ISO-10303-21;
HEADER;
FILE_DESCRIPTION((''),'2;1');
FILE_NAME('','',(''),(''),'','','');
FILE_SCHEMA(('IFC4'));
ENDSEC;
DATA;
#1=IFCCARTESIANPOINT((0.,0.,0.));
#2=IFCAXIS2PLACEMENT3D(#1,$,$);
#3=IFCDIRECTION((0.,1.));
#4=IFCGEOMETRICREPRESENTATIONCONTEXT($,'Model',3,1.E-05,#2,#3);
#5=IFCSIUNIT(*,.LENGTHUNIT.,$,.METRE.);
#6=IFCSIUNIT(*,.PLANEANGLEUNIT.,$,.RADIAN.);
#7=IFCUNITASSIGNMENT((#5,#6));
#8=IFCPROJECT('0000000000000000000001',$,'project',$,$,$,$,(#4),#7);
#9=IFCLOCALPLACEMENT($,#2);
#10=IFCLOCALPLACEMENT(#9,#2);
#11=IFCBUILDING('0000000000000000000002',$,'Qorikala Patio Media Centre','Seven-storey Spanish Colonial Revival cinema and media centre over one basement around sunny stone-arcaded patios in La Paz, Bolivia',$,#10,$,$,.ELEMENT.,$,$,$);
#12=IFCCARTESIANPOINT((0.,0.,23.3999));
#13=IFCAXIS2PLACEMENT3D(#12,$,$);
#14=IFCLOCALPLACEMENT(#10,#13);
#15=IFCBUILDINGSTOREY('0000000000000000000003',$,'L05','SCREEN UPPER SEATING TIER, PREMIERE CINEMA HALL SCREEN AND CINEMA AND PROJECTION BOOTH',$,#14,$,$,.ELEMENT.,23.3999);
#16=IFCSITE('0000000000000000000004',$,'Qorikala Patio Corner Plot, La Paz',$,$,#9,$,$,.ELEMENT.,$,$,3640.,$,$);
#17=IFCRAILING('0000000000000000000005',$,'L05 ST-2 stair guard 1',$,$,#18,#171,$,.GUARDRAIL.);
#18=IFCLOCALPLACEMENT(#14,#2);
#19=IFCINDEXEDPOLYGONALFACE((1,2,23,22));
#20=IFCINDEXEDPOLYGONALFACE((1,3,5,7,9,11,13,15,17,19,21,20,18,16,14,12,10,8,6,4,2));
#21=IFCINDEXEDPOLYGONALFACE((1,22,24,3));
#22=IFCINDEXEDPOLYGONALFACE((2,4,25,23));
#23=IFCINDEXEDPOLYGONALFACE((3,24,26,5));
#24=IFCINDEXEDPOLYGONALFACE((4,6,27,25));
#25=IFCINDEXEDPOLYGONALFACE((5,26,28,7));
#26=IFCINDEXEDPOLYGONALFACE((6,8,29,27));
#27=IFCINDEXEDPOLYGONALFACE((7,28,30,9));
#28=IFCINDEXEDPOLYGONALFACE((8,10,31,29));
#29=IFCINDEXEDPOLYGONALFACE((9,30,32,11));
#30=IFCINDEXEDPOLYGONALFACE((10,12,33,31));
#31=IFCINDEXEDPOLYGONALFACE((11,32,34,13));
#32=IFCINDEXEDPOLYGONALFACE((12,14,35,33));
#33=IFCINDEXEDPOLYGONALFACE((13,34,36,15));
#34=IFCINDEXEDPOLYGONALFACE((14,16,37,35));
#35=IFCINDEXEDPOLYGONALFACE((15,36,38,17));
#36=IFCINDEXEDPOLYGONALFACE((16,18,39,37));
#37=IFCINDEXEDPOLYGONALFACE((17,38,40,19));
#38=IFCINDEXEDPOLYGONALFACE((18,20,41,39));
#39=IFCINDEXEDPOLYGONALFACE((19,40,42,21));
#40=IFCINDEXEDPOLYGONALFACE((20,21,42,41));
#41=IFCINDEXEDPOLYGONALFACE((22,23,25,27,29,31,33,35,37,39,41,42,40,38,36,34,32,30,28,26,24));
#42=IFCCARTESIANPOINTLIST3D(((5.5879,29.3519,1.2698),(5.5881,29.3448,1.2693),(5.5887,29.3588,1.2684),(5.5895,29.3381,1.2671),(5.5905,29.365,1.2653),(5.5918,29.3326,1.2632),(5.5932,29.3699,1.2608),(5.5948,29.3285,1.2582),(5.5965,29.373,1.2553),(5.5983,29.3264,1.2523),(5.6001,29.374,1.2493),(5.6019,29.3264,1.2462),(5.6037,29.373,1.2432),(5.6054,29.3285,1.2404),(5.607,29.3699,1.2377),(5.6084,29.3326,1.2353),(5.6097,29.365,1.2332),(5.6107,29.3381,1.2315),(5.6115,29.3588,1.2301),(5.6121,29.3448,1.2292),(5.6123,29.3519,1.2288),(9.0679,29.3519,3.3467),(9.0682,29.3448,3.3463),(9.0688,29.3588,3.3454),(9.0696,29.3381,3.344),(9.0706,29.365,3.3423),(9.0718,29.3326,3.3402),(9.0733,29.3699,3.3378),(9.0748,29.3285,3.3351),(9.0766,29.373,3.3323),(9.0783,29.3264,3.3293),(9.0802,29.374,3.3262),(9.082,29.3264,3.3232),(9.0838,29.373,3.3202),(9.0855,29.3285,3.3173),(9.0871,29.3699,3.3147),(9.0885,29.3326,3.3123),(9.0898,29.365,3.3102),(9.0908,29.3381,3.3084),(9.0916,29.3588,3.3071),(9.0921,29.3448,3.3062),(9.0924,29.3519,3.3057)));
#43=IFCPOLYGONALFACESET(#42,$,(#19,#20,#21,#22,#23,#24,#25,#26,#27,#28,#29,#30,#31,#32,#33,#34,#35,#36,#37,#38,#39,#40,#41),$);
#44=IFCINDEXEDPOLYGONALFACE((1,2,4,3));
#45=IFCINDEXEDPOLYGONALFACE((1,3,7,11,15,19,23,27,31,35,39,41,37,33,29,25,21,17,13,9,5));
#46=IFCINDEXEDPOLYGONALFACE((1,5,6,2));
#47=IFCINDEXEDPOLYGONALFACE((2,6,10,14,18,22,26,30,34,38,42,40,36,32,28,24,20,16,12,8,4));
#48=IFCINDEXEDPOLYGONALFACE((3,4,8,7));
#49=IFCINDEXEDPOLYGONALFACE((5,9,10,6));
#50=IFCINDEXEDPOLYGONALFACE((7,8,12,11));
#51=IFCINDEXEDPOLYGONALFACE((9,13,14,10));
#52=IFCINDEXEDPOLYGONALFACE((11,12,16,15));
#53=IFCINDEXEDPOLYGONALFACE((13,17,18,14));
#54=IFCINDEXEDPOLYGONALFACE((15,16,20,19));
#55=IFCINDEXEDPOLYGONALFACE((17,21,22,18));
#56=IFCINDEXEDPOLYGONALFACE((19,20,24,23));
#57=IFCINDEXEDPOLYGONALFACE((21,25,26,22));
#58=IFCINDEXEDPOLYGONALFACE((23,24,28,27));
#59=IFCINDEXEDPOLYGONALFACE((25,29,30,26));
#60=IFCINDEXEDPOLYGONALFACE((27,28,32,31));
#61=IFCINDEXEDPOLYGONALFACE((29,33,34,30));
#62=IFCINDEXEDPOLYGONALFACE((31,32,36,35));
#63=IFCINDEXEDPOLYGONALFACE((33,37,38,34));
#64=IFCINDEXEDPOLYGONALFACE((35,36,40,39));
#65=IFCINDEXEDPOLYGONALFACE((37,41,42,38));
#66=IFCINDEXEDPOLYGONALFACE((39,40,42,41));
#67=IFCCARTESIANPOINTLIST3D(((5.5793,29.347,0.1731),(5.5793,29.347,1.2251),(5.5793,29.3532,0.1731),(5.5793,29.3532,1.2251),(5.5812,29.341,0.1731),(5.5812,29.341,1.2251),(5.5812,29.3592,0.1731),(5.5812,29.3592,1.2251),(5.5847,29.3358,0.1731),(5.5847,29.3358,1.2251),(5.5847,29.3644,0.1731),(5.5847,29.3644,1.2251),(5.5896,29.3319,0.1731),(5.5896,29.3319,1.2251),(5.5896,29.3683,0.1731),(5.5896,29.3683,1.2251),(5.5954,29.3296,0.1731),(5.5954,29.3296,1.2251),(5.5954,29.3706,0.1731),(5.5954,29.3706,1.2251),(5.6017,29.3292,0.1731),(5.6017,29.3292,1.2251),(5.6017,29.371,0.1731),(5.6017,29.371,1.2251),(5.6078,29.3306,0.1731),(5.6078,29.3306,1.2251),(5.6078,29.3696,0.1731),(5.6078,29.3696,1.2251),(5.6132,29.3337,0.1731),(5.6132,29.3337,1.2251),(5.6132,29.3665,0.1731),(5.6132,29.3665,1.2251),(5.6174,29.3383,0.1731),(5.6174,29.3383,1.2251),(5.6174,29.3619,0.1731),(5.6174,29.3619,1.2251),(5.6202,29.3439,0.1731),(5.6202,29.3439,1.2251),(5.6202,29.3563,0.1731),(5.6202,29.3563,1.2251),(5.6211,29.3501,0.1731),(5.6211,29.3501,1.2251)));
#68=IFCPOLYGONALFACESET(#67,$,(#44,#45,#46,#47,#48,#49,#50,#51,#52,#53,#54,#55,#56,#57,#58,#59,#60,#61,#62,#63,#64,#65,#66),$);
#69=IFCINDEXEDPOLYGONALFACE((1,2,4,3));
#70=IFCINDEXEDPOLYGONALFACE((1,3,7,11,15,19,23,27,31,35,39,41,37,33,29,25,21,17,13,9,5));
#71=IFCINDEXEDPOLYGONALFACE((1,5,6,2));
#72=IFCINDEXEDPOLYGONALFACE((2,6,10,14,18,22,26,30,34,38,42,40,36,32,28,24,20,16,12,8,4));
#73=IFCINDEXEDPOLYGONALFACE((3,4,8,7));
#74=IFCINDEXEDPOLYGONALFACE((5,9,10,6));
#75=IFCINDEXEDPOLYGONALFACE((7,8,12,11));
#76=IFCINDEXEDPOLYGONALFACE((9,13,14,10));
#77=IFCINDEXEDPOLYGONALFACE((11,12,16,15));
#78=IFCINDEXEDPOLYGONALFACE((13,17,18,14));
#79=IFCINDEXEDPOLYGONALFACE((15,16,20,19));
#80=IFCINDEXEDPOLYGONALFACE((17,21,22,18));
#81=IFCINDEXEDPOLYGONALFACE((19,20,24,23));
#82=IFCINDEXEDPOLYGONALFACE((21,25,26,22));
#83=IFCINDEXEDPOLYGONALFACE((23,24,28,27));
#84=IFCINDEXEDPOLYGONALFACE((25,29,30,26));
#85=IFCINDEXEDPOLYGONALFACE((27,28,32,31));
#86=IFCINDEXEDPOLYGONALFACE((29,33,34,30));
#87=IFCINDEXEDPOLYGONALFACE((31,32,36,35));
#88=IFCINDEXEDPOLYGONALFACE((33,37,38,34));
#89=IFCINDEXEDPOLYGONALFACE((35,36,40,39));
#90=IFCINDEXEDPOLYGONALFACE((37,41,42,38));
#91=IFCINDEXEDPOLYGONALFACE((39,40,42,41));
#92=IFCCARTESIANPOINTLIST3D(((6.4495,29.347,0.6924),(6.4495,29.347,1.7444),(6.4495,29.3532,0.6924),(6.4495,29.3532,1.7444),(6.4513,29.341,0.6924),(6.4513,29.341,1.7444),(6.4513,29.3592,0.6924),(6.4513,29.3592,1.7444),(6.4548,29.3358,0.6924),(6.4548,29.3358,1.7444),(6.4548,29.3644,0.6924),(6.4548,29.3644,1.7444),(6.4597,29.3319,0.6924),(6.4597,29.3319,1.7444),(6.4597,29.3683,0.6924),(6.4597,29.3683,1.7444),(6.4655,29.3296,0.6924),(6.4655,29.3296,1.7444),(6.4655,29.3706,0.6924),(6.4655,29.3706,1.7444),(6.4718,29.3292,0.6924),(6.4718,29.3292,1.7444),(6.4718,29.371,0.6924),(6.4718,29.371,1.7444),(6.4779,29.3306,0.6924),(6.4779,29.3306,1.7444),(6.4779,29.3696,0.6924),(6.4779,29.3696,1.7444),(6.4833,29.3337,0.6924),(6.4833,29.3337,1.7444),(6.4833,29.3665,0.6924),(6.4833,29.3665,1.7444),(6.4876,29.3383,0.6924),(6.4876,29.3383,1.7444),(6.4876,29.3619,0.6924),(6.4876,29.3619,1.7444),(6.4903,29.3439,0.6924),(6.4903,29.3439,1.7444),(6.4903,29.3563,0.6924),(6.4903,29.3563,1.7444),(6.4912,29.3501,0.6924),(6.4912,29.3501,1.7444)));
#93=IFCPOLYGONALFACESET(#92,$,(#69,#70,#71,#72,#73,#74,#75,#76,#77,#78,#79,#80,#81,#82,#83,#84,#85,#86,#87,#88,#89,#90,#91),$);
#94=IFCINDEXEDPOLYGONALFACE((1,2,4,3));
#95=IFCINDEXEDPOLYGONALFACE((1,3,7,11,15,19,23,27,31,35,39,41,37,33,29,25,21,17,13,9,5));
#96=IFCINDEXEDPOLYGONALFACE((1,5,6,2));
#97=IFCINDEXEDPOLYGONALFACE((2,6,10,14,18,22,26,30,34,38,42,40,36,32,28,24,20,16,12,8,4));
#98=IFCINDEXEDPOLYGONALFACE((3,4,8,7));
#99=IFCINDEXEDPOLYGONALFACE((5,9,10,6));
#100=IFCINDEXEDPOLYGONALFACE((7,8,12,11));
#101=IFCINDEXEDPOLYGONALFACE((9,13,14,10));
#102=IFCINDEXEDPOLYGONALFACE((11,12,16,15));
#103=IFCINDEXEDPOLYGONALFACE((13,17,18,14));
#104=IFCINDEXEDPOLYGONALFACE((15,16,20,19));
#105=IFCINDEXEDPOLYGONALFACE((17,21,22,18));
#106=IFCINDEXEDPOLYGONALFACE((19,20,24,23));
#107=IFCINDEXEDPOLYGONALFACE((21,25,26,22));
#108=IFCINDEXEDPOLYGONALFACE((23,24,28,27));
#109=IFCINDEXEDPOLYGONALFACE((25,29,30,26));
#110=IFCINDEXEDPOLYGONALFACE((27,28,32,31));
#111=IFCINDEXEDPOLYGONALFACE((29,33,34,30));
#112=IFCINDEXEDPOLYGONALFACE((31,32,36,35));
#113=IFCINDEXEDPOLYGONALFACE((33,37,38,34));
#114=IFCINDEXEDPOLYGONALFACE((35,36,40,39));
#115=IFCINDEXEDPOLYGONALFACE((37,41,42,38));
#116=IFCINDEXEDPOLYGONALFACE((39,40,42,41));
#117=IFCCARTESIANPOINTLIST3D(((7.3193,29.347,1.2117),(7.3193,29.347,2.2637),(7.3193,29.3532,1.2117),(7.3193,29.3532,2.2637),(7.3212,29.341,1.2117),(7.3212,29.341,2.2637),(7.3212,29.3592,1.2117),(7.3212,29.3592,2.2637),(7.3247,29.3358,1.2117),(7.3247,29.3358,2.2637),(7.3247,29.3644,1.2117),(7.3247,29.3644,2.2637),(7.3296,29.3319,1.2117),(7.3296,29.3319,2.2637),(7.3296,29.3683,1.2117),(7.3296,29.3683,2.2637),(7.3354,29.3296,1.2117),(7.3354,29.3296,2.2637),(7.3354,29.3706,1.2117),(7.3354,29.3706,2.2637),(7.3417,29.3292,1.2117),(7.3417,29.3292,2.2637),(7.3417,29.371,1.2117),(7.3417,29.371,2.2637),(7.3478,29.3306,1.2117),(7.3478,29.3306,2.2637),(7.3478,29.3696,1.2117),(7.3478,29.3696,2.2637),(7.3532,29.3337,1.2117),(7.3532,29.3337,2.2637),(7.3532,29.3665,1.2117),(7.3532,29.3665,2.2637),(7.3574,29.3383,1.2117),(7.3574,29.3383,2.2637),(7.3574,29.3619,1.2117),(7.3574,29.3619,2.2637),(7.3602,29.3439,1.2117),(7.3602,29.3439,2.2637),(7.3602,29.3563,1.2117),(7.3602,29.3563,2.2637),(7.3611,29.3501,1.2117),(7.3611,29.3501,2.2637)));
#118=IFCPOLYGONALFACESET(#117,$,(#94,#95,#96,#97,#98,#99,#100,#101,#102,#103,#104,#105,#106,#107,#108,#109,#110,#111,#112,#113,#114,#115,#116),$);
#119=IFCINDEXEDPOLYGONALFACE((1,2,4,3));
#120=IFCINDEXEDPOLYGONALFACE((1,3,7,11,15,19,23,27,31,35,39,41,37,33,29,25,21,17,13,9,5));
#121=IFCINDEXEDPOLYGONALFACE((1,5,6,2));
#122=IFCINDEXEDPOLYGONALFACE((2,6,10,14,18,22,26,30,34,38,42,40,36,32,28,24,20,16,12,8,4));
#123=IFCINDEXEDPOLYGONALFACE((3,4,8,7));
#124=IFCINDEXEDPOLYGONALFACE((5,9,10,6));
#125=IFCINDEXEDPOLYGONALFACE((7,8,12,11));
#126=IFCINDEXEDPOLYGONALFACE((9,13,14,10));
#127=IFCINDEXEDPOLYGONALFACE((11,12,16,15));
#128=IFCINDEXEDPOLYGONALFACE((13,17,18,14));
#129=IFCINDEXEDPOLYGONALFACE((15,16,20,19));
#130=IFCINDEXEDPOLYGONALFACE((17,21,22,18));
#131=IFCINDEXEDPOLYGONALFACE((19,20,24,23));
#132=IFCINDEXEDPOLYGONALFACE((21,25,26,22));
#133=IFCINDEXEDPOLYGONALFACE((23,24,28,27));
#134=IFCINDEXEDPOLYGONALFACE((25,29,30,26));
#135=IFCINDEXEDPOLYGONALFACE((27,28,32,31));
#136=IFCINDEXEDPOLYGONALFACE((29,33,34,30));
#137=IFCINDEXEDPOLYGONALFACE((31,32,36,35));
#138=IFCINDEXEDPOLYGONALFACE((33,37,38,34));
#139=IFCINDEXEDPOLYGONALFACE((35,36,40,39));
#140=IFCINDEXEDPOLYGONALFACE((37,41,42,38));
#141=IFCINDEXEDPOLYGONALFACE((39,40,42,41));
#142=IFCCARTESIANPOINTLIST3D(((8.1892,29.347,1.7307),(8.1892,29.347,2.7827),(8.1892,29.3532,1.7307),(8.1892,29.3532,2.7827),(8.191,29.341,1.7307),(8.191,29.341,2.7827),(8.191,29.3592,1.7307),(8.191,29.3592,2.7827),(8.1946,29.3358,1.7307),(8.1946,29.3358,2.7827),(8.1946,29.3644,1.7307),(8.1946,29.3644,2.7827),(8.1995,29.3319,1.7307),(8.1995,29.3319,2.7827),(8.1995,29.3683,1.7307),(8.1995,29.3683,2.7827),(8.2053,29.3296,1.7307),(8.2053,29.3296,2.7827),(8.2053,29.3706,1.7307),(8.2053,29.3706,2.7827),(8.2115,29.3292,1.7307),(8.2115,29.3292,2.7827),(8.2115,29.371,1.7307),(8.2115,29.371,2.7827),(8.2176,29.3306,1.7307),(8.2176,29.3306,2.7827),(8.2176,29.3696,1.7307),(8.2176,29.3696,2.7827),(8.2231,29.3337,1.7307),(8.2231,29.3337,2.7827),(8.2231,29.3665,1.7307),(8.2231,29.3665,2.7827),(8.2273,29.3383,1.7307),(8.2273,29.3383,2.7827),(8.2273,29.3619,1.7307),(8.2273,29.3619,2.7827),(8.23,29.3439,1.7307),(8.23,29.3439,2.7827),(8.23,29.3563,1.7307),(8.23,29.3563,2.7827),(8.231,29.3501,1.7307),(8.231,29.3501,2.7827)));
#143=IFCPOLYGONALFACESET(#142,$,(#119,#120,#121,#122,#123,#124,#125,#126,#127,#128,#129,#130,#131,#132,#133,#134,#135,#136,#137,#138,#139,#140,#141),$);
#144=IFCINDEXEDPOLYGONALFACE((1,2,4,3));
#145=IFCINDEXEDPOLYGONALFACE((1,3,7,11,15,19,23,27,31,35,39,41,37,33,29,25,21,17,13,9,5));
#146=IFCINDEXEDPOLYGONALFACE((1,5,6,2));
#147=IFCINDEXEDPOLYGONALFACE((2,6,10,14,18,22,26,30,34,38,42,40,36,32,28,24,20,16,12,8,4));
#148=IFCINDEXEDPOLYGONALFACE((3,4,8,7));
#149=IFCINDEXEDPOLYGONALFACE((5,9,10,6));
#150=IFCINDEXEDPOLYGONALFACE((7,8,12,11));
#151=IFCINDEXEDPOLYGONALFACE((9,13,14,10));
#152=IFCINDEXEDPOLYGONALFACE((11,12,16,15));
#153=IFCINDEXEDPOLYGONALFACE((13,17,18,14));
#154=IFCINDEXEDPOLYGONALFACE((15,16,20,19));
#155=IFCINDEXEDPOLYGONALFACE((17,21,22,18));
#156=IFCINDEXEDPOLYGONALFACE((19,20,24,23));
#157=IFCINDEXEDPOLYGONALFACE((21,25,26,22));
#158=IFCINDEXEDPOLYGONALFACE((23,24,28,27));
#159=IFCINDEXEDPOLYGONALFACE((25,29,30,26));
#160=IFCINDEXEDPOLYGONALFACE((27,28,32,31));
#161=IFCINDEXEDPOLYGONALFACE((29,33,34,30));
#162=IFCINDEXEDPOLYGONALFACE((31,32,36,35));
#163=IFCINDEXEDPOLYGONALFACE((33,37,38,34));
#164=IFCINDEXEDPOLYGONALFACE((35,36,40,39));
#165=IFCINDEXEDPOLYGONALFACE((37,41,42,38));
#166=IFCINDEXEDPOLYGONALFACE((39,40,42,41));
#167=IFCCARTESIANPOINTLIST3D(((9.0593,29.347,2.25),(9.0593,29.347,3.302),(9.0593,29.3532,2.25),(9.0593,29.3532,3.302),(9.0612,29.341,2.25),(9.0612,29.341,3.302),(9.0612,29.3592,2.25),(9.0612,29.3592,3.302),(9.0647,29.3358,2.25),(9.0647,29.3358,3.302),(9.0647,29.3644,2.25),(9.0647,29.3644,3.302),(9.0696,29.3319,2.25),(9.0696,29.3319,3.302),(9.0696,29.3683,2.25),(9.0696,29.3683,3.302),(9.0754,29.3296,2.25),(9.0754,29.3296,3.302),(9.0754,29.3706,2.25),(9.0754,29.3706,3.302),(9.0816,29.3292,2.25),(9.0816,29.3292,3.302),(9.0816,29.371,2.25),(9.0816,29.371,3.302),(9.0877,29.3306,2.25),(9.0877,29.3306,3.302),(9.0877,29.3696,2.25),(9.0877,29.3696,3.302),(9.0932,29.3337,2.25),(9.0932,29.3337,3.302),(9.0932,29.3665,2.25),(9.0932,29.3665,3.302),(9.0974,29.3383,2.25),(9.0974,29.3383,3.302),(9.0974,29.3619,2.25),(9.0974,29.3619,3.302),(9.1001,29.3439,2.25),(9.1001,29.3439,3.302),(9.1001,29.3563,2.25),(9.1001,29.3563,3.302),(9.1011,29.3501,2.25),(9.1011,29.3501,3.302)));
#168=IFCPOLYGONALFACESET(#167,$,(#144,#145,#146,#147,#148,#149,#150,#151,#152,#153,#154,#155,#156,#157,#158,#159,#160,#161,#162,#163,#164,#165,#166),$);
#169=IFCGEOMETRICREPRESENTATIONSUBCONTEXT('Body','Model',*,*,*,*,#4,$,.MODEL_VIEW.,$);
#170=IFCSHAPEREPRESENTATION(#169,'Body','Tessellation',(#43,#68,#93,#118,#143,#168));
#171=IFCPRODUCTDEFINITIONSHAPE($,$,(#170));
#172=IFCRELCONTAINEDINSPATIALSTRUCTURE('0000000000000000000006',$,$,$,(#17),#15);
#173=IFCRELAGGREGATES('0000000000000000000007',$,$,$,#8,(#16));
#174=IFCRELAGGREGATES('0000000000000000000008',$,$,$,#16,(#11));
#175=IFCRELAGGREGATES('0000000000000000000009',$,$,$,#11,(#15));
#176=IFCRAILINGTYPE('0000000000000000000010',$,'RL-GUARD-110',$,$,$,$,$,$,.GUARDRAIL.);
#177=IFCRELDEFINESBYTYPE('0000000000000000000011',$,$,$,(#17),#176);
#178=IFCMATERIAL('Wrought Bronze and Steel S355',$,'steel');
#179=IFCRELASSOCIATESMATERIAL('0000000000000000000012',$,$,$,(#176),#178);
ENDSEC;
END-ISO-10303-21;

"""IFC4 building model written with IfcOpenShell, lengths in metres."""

from ifc_helpers import new_model, si_unit, direction, frame, origin, origin_2d, place, context, subcontext, project, spatial, circle, extrude, material, type_object, element, save


model = new_model("IFC4")

# Units and contexts
model_context = context("Model", 3, precision=1e-05, world=origin(), true_north=direction((0.0, 1.0)))
body_context = subcontext(model_context, "Body", "Model", "MODEL_VIEW")
ifc_project = project(units=[si_unit("LENGTHUNIT", "METRE"), si_unit("PLANEANGLEUNIT", "RADIAN")], contexts=[model_context])

# Site, building, storey
site_placement = place(None, origin())
site = spatial("IfcSite", under=ifc_project, at=site_placement, Name="Qorikala Patio Corner Plot, La Paz", CompositionType="ELEMENT", RefElevation=3640.0)
building_placement = place(site_placement, origin())
building = spatial("IfcBuilding", under=site, at=building_placement, Name="Qorikala Patio Media Centre", Description="Seven-storey Spanish Colonial Revival cinema and media centre over one basement around sunny stone-arcaded patios in La Paz, Bolivia", CompositionType="ELEMENT")
storey_placement = place(building_placement, frame((0.0, 0.0, 23.3999)))
storey = spatial("IfcBuildingStorey", under=building, at=storey_placement, Name="L05", Description="SCREEN UPPER SEATING TIER, PREMIERE CINEMA HALL SCREEN AND CINEMA AND PROJECTION BOOTH", CompositionType="ELEMENT", Elevation=23.3999)

# Railing
ifc_material_1 = material(Name="Wrought Bronze and Steel S355", Category="steel")
railing_type_1 = type_object("IfcRailingType", Name="RL-GUARD-110", PredefinedType="GUARDRAIL", material=ifc_material_1)
railing_1_placement = place(storey_placement, frame((5.6001, 29.3501, 0.1731)))
element("IfcRailing", 1, at=railing_1_placement, inside=storey, type_object=railing_type_1, Name="L05 ST-2 stair guard 1", PredefinedType="GUARDRAIL", context=body_context, shape_type="SweptSolid", body=[
    extrude(circle(Radius=0.0239, at=origin_2d()), frame((0.0, 0.0, 1.0762), z_axis=(0.858697, 0.0, 0.512483), x_axis=(0.0, 1.0, 0.0)), (0.0, 0.0, 1.0), 4.0527),
    extrude(circle(Radius=0.021, at=origin_2d()), origin(), (0.0, 0.0, 1.0), 1.052),
    extrude(circle(Radius=0.021, at=origin_2d()), frame((0.8701, 0.0, 0.5193)), (0.0, 0.0, 1.0), 1.052),
    extrude(circle(Radius=0.021, at=origin_2d()), frame((1.74, 0.0, 1.0386)), (0.0, 0.0, 1.0), 1.052),
    extrude(circle(Radius=0.021, at=origin_2d()), frame((2.6099, 0.0, 1.5576)), (0.0, 0.0, 1.0), 1.052),
    extrude(circle(Radius=0.021, at=origin_2d()), frame((3.48, 0.0, 2.0769)), (0.0, 0.0, 1.0), 1.052),
])

save(model, "model.ifc")
